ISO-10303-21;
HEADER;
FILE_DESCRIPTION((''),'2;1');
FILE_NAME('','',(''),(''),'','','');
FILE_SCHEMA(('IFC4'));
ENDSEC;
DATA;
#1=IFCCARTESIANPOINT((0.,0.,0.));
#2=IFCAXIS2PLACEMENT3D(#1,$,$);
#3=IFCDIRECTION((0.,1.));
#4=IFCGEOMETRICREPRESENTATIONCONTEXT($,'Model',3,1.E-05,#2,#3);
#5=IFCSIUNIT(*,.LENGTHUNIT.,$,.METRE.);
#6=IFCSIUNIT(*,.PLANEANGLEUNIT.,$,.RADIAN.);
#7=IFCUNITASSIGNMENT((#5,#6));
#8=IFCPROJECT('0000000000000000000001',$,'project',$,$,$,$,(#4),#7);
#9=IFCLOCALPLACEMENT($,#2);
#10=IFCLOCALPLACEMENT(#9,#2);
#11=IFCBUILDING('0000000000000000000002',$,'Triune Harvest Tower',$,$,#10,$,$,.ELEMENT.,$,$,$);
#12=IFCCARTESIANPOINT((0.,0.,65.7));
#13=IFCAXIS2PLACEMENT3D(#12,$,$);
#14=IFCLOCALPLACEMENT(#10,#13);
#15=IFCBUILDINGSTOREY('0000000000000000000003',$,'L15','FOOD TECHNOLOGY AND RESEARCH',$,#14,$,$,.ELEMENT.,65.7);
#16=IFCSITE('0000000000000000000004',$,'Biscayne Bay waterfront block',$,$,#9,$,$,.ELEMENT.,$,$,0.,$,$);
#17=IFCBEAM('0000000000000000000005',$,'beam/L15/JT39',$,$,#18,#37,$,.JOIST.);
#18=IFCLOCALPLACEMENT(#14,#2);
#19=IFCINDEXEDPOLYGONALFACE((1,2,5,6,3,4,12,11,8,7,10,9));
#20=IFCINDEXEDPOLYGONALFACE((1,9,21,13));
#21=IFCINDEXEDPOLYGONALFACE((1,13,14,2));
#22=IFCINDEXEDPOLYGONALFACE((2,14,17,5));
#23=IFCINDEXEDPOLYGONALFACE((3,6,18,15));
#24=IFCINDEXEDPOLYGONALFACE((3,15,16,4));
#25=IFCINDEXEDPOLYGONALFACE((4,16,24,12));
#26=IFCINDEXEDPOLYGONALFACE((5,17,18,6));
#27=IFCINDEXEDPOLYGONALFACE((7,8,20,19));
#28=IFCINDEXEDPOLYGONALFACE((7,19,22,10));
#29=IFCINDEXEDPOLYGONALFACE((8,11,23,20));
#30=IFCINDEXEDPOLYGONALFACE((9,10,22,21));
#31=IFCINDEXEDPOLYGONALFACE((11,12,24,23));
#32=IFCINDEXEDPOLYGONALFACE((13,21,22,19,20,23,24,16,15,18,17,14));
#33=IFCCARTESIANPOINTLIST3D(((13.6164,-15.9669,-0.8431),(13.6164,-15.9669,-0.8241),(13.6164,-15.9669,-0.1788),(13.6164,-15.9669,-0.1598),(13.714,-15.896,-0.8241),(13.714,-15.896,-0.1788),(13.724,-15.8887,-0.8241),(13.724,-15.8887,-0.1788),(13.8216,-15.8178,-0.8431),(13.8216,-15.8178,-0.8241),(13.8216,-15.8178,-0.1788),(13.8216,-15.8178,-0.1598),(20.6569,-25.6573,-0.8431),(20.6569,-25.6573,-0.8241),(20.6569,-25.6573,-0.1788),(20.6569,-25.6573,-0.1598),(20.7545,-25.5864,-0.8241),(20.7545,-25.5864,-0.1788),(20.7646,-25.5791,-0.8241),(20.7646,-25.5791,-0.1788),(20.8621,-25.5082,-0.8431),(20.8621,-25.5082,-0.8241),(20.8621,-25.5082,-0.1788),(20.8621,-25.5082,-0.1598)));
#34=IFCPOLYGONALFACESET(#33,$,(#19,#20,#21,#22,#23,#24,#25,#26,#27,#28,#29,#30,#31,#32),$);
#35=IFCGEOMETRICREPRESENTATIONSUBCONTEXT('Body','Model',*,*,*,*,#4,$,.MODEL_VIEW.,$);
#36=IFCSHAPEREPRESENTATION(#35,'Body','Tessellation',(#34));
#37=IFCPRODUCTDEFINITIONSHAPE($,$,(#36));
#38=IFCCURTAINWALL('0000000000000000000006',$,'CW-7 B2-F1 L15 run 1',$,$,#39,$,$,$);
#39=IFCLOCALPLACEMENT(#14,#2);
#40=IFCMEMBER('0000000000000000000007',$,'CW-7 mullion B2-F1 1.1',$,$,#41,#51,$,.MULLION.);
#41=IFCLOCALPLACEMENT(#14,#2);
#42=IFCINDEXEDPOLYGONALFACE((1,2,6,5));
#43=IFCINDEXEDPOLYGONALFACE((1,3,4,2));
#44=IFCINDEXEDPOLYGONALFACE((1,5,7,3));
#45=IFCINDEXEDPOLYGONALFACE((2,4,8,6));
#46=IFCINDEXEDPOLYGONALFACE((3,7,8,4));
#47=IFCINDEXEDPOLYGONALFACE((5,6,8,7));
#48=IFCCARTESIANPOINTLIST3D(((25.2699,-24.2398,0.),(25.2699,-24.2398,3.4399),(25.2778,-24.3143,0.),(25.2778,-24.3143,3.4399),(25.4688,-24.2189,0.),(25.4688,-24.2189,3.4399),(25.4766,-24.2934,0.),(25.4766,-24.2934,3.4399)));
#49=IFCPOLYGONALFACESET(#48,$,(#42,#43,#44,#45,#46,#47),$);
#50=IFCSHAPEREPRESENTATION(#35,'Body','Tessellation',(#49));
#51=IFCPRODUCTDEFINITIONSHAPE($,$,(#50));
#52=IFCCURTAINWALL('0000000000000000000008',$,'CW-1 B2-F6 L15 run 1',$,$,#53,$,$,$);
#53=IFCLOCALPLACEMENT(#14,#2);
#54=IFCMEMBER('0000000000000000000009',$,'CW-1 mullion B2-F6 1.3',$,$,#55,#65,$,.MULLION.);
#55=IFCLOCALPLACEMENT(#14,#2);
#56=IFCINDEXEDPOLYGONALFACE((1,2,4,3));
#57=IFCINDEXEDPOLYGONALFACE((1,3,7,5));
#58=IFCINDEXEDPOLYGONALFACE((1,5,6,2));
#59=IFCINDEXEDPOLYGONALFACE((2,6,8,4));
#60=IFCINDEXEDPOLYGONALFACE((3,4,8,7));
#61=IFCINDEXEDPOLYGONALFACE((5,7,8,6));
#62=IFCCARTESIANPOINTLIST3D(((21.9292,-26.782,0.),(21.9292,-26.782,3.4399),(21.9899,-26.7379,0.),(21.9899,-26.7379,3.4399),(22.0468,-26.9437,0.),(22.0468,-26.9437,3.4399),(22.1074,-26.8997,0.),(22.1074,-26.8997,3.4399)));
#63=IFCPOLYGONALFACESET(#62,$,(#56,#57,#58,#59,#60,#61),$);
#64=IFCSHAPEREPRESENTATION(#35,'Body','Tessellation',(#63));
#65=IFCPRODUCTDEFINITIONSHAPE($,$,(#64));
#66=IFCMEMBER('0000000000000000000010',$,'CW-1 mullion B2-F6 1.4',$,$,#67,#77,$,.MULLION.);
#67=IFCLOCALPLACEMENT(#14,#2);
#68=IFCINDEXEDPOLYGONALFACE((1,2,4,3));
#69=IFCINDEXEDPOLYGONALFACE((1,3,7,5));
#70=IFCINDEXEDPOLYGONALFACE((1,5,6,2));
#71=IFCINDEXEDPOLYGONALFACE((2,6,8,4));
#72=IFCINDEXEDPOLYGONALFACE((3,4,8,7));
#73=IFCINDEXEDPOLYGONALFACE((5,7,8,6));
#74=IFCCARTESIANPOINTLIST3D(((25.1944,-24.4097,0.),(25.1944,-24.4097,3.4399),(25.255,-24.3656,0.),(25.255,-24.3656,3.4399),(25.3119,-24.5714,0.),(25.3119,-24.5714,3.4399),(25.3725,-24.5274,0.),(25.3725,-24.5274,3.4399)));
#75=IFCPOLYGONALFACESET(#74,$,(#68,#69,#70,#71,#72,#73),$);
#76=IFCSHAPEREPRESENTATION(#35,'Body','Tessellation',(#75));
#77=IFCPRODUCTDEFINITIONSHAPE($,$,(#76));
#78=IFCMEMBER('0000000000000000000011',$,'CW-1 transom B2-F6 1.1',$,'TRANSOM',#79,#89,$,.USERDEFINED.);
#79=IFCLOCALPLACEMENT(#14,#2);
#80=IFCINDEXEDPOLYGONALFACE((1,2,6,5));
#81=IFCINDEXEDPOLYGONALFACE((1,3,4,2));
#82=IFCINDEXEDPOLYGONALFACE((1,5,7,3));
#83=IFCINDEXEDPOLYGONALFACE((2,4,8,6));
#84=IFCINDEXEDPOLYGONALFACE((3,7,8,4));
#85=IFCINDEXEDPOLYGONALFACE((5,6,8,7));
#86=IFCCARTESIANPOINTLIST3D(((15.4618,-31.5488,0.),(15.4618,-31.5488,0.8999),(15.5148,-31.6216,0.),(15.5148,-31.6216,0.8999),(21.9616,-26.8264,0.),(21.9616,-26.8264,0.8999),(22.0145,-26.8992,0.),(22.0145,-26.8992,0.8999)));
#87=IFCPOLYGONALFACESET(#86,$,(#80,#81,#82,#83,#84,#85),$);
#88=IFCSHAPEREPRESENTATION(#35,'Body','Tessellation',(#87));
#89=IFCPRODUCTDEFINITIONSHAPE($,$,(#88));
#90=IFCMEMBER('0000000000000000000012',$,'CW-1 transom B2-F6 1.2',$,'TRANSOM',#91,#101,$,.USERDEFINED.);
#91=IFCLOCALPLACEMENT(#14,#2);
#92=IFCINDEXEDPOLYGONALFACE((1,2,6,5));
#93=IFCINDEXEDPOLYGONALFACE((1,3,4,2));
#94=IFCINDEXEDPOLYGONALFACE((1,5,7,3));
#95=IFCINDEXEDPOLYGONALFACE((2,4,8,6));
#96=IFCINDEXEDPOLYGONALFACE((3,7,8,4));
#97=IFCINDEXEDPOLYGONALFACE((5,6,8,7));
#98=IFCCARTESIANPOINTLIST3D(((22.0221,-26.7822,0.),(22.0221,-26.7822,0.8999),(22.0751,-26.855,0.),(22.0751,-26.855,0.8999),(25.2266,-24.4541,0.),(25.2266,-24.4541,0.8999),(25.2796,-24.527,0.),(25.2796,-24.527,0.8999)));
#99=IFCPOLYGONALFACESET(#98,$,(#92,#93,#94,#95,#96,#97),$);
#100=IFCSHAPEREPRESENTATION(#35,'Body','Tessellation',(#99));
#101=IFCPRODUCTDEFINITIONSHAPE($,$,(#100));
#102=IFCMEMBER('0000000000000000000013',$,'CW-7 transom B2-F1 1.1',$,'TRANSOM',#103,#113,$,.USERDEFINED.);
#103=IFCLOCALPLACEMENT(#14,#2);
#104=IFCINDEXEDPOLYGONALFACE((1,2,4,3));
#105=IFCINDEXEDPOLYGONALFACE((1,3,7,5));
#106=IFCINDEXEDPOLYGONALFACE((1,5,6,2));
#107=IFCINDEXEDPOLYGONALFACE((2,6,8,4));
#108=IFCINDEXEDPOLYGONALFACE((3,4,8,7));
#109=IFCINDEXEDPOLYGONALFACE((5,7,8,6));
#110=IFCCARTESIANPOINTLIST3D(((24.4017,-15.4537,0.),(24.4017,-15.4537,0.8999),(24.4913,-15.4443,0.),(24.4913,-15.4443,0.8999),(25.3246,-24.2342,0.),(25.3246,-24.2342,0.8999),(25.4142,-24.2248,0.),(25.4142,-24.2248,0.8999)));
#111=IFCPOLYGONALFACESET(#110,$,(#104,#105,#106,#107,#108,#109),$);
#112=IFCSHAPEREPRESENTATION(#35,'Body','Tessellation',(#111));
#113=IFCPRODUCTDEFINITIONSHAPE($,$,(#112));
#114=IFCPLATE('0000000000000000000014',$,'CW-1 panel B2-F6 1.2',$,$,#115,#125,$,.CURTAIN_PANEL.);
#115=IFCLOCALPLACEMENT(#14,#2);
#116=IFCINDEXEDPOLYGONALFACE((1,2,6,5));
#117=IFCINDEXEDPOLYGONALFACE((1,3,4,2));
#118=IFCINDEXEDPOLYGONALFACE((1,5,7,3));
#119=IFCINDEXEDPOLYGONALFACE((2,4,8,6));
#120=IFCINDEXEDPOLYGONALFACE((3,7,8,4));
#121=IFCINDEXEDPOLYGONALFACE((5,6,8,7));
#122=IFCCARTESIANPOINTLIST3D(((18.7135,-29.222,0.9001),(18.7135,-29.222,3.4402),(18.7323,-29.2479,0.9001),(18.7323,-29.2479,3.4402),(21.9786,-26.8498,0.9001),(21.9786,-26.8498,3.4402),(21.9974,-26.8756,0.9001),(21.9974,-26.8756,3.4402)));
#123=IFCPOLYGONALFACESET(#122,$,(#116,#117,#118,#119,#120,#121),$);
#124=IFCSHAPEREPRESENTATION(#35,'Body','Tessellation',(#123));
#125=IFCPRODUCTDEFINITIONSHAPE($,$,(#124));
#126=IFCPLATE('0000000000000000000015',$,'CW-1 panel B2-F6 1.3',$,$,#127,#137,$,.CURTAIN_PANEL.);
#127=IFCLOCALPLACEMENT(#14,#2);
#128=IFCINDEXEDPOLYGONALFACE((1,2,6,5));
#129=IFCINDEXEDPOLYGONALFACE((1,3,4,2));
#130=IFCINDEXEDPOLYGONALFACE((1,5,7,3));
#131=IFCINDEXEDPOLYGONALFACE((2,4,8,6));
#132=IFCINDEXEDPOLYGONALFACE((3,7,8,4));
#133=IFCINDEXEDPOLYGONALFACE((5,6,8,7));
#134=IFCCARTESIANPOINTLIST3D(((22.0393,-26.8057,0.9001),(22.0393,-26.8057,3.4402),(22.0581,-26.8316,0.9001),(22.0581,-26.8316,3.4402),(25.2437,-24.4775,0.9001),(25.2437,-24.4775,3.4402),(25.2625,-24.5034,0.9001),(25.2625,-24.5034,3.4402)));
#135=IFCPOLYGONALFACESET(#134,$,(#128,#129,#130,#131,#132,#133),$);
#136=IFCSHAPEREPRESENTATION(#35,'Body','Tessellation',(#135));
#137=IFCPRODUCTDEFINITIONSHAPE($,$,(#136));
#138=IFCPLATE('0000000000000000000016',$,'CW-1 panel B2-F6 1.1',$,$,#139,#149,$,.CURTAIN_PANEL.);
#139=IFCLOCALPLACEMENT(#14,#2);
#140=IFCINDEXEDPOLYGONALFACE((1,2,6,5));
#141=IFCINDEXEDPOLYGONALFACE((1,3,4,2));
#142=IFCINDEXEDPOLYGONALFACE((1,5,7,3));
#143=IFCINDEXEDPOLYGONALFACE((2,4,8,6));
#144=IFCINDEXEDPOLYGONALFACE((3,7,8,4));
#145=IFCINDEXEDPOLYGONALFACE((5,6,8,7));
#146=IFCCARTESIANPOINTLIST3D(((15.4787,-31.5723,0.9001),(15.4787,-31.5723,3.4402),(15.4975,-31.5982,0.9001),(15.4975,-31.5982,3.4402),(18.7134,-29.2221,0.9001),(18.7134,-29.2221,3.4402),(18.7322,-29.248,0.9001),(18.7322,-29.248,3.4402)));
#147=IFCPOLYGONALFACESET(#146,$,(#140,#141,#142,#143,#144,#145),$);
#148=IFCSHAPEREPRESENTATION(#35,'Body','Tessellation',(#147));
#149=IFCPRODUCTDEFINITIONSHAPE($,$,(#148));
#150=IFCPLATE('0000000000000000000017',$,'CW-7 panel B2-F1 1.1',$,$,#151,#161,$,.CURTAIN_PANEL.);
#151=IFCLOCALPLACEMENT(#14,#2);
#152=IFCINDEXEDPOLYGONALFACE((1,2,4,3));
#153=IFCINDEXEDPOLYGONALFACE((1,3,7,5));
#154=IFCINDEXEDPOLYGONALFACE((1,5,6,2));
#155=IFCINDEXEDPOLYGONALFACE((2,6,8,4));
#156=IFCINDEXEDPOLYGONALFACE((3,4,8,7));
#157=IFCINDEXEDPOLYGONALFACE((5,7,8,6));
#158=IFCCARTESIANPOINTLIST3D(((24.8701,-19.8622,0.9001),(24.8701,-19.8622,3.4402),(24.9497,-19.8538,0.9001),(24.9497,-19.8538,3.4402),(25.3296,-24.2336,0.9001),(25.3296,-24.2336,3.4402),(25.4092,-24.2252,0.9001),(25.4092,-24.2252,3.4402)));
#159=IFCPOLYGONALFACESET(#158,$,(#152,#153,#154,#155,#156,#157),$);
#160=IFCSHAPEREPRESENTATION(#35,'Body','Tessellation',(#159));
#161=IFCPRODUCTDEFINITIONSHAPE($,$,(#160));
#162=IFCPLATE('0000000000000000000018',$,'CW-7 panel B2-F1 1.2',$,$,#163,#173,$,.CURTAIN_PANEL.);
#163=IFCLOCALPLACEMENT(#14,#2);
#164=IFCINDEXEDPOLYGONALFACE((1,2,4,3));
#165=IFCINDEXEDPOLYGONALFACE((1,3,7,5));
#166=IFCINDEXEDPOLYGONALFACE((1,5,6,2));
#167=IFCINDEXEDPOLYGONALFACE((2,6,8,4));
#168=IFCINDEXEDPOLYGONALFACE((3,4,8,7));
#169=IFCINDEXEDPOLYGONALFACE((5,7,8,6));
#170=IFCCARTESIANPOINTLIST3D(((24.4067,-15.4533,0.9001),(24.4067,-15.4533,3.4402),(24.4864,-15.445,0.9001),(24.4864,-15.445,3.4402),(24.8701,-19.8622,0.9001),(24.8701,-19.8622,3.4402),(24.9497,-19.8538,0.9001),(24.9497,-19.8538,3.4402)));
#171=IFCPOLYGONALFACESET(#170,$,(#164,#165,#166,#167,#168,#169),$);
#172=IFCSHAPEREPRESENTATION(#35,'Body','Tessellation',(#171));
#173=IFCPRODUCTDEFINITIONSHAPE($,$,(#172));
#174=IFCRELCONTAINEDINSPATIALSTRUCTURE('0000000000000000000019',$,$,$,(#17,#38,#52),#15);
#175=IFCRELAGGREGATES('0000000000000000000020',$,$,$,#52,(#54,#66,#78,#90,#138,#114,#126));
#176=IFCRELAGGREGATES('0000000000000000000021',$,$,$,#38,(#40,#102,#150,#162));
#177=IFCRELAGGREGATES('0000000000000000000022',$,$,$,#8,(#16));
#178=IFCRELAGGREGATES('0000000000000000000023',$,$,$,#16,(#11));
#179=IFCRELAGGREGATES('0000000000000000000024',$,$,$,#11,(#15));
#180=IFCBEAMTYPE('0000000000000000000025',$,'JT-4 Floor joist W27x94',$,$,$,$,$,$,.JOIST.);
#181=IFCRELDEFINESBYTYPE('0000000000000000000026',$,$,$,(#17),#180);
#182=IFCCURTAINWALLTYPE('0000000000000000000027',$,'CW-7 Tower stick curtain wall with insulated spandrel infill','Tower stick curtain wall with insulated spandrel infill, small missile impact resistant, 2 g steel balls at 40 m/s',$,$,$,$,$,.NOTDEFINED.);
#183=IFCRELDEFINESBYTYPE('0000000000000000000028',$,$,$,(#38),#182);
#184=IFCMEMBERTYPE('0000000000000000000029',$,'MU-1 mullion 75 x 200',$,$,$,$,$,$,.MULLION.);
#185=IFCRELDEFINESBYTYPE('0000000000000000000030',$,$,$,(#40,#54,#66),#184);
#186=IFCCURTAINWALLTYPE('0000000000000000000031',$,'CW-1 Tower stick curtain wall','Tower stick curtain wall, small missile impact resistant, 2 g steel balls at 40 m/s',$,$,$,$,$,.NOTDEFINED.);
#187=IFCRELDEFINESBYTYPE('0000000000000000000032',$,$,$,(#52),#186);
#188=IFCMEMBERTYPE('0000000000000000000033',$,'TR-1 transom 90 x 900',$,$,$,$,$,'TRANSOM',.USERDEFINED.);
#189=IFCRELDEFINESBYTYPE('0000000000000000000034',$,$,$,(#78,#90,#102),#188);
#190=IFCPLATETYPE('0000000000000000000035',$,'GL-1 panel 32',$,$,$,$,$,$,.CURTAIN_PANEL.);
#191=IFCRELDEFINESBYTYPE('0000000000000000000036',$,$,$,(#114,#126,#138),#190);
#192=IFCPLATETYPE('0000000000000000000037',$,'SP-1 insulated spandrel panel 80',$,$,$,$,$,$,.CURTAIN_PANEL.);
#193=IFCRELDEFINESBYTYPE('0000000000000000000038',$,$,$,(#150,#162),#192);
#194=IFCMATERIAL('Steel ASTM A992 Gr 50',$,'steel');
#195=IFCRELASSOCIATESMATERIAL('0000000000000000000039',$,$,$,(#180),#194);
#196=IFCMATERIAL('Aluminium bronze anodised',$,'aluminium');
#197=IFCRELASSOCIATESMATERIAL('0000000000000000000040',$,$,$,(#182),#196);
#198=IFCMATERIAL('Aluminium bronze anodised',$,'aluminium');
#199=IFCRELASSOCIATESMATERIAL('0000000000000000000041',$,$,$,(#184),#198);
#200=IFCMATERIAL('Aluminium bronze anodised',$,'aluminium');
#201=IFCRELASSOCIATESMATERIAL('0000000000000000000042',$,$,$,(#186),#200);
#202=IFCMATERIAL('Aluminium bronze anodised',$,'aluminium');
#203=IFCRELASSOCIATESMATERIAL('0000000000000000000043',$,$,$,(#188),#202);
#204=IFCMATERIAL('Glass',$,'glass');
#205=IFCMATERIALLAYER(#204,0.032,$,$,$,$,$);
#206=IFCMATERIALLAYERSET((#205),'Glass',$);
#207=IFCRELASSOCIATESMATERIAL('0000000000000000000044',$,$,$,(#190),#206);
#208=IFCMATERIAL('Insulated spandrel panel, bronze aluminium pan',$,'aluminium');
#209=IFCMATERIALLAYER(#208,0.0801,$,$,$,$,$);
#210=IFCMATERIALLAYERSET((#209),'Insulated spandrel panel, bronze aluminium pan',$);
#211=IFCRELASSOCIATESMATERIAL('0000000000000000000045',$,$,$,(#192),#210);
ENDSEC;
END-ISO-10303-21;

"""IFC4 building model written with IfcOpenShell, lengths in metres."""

from ifc_helpers import new_model, si_unit, direction, frame, origin, origin_2d, place, context, subcontext, project, spatial, rectangle, i_section, extrude, source, transform, mapped, material, layer, layer_set, material_profile, profile_set, type_object, element, aggregate, save


model = new_model("IFC4")

# Units and contexts
model_context = context("Model", 3, precision=1e-05, world=origin(), true_north=direction((0.0, 1.0)))
body_context = subcontext(model_context, "Body", "Model", "MODEL_VIEW")
ifc_project = project(units=[si_unit("LENGTHUNIT", "METRE"), si_unit("PLANEANGLEUNIT", "RADIAN")], contexts=[model_context])

# Site, building, storey
site_placement = place(None, origin())
site = spatial("IfcSite", under=ifc_project, at=site_placement, Name="Biscayne Bay waterfront block", CompositionType="ELEMENT", RefElevation=0.0)
building_placement = place(site_placement, origin())
building = spatial("IfcBuilding", under=site, at=building_placement, Name="Triune Harvest Tower", CompositionType="ELEMENT")
storey_placement = place(building_placement, frame((0.0, 0.0, 65.7)))
storey = spatial("IfcBuildingStorey", under=building, at=storey_placement, Name="L15", Description="FOOD TECHNOLOGY AND RESEARCH", CompositionType="ELEMENT", Elevation=65.7)

# Beam
ifc_material_1 = material(Name="Steel ASTM A992 Gr 50", Category="steel")
ifc_material_profile_1 = material_profile(ifc_material_1, i_section(OverallWidth=0.2537, OverallDepth=0.6833, WebThickness=0.0125, FlangeThickness=0.019, at=origin_2d()), Name="W27x94")
ifc_profile_set_1 = profile_set([ifc_material_profile_1], Name="Steel ASTM A992 Gr 50")
beam_type_1 = type_object("IfcBeamType", Name="JT-4 Floor joist W27x94", PredefinedType="JOIST", material=ifc_profile_set_1)
shared_shape_1 = source(origin(), body_context, "Body", "SweptSolid", [
    extrude(i_section(OverallWidth=0.2537, OverallDepth=0.6833, WebThickness=0.0125, FlangeThickness=0.019, at=origin_2d()), origin(), (0.0, 0.0, 1.0), 11.978),
])
beam_1_placement = place(storey_placement, frame((20.7595, -25.5828, -0.5015), z_axis=(-0.587786, 0.809016, 0.0), x_axis=(-0.809016, -0.587786, 0.0)))
element("IfcBeam", 1, at=beam_1_placement, inside=storey, type_object=beam_type_1, Name="beam/L15/JT39", PredefinedType="JOIST", context=body_context, shape_type="MappedRepresentation", body=[
    mapped(shared_shape_1, transform((0.0, 0.0, 0.0), scale=1.0)),
])

# Curtain wall, member
ifc_material_2 = material(Name="Aluminium bronze anodised", Category="aluminium")
curtain_wall_type_1 = type_object("IfcCurtainWallType", Name="CW-7 Tower stick curtain wall with insulated spandrel infill", Description="Tower stick curtain wall with insulated spandrel infill, small missile impact resistant, 2 g steel balls at 40 m/s", PredefinedType="NOTDEFINED", material=ifc_material_2)
curtain_wall_1_placement = place(storey_placement, origin())
curtain_wall_1 = element("IfcCurtainWall", 2, at=curtain_wall_1_placement, inside=storey, type_object=curtain_wall_type_1, Name="CW-7 B2-F1 L15 run 1")
ifc_material_3 = material(Name="Aluminium bronze anodised", Category="aluminium")
ifc_material_profile_2 = material_profile(ifc_material_3, rectangle(XDim=0.2, YDim=0.075, at=origin_2d()), Name="MU-1 mullion 75 x 200")
ifc_profile_set_2 = profile_set([ifc_material_profile_2], Name="Aluminium bronze anodised")
member_type_1 = type_object("IfcMemberType", Name="MU-1 mullion 75 x 200", PredefinedType="MULLION", material=ifc_profile_set_2)
shared_shape_2 = source(origin(), body_context, "Body", "SweptSolid", [
    extrude(rectangle(XDim=0.2, YDim=0.075, at=origin_2d()), origin(), (0.0, 0.0, 1.0), 3.4399),
])
member_1_placement = place(storey_placement, frame((25.3733, -24.2666, 0.0), z_axis=(0.0, 0.0, 1.0), x_axis=(-0.994522, -0.104527, 0.0)))
member_1 = element("IfcMember", 3, at=member_1_placement, type_object=member_type_1, Name="CW-7 mullion B2-F1 1.1", PredefinedType="MULLION", context=body_context, shape_type="MappedRepresentation", body=[
    mapped(shared_shape_2, transform((0.0, 0.0, 0.0), scale=1.0)),
])

# Curtain wall, members
ifc_material_4 = material(Name="Aluminium bronze anodised", Category="aluminium")
curtain_wall_type_2 = type_object("IfcCurtainWallType", Name="CW-1 Tower stick curtain wall", Description="Tower stick curtain wall, small missile impact resistant, 2 g steel balls at 40 m/s", PredefinedType="NOTDEFINED", material=ifc_material_4)
curtain_wall_2_placement = place(storey_placement, origin())
curtain_wall_2 = element("IfcCurtainWall", 4, at=curtain_wall_2_placement, inside=storey, type_object=curtain_wall_type_2, Name="CW-1 B2-F6 L15 run 1")
member_2_placement = place(storey_placement, frame((22.0183, -26.8408, 0.0), z_axis=(0.0, 0.0, 1.0), x_axis=(-0.58779, 0.809013, 0.0)))
member_2 = element("IfcMember", 5, at=member_2_placement, type_object=member_type_1, Name="CW-1 mullion B2-F6 1.3", PredefinedType="MULLION", context=body_context, shape_type="MappedRepresentation", body=[
    mapped(shared_shape_2, transform((0.0, 0.0, 0.0), scale=1.0)),
])
member_3_placement = place(storey_placement, frame((25.2834, -24.4685, 0.0), z_axis=(0.0, 0.0, 1.0), x_axis=(-0.58779, 0.809013, 0.0)))
member_3 = element("IfcMember", 6, at=member_3_placement, type_object=member_type_1, Name="CW-1 mullion B2-F6 1.4", PredefinedType="MULLION", context=body_context, shape_type="MappedRepresentation", body=[
    mapped(shared_shape_2, transform((0.0, 0.0, 0.0), scale=1.0)),
])
ifc_material_5 = material(Name="Aluminium bronze anodised", Category="aluminium")
ifc_material_profile_3 = material_profile(ifc_material_5, rectangle(XDim=0.0901, YDim=0.8999, at=origin_2d()), Name="TR-1 transom 90 x 900")
ifc_profile_set_3 = profile_set([ifc_material_profile_3], Name="Aluminium bronze anodised")
member_type_2 = type_object("IfcMemberType", Name="TR-1 transom 90 x 900", ElementType="TRANSOM", PredefinedType="USERDEFINED", material=ifc_profile_set_3)
shared_shape_3 = source(origin(), body_context, "Body", "SweptSolid", [
    extrude(rectangle(XDim=0.0901, YDim=0.8999, at=origin_2d()), origin(), (0.0, 0.0, 1.0), 8.0342),
])
member_4_placement = place(storey_placement, frame((15.4883, -31.5852, 0.45), z_axis=(0.809013, 0.58779, 0.0), x_axis=(-0.58779, 0.809013, 0.0)))
member_4 = element("IfcMember", 7, at=member_4_placement, type_object=member_type_2, Name="CW-1 transom B2-F6 1.1", ObjectType="TRANSOM", PredefinedType="USERDEFINED", context=body_context, shape_type="MappedRepresentation", body=[
    mapped(shared_shape_3, transform((0.0, 0.0, 0.0), scale=1.0)),
])
shared_shape_4 = source(origin(), body_context, "Body", "SweptSolid", [
    extrude(rectangle(XDim=0.0901, YDim=0.8999, at=origin_2d()), origin(), (0.0, 0.0, 1.0), 3.9609),
])
member_5_placement = place(storey_placement, frame((22.0486, -26.8186, 0.45), z_axis=(0.809034, 0.587761, 0.0), x_axis=(-0.587761, 0.809034, 0.0)))
member_5 = element("IfcMember", 8, at=member_5_placement, type_object=member_type_2, Name="CW-1 transom B2-F6 1.2", ObjectType="TRANSOM", PredefinedType="USERDEFINED", context=body_context, shape_type="MappedRepresentation", body=[
    mapped(shared_shape_4, transform((0.0, 0.0, 0.0), scale=1.0)),
])

# Member
shared_shape_5 = source(origin(), body_context, "Body", "SweptSolid", [
    extrude(rectangle(XDim=0.0901, YDim=0.8999, at=origin_2d()), origin(), (0.0, 0.0, 1.0), 8.8289),
])
member_6_placement = place(storey_placement, frame((25.3694, -24.2295, 0.45), z_axis=(-0.104526, 0.994522, 0.0), x_axis=(-0.994522, -0.104526, 0.0)))
member_6 = element("IfcMember", 9, at=member_6_placement, type_object=member_type_2, Name="CW-7 transom B2-F1 1.1", ObjectType="TRANSOM", PredefinedType="USERDEFINED", context=body_context, shape_type="MappedRepresentation", body=[
    mapped(shared_shape_5, transform((0.0, 0.0, 0.0), scale=1.0)),
])

# Plates
ifc_material_6 = material(Name="Glass", Category="glass")
ifc_layer_1 = layer(ifc_material_6, 0.032)
ifc_layer_set_1 = layer_set([ifc_layer_1], Name="Glass")
plate_type_1 = type_object("IfcPlateType", Name="GL-1 panel 32", PredefinedType="CURTAIN_PANEL", material=ifc_layer_set_1)
shared_shape_6 = source(origin(), body_context, "Body", "SweptSolid", [
    extrude(rectangle(XDim=4.0359, YDim=0.032, at=origin_2d()), origin(), (0.0, 0.0, 1.0), 2.54),
])
plate_1_placement = place(storey_placement, frame((20.3555, -28.0488, 0.9001), z_axis=(0.0, 0.0, 1.0), x_axis=(0.809013, 0.58779, 0.0)))
plate_1 = element("IfcPlate", 10, at=plate_1_placement, type_object=plate_type_1, Name="CW-1 panel B2-F6 1.2", PredefinedType="CURTAIN_PANEL", context=body_context, shape_type="MappedRepresentation", body=[
    mapped(shared_shape_6, transform((0.0, 0.0, 0.0), scale=1.0)),
])
shared_shape_7 = source(origin(), body_context, "Body", "SweptSolid", [
    extrude(rectangle(XDim=3.9609, YDim=0.032, at=origin_2d()), origin(), (0.0, 0.0, 1.0), 2.54),
])
plate_2_placement = place(storey_placement, frame((23.6509, -25.6545, 0.9001), z_axis=(0.0, 0.0, 1.0), x_axis=(0.809013, 0.58779, 0.0)))
plate_2 = element("IfcPlate", 11, at=plate_2_placement, type_object=plate_type_1, Name="CW-1 panel B2-F6 1.3", PredefinedType="CURTAIN_PANEL", context=body_context, shape_type="MappedRepresentation", body=[
    mapped(shared_shape_7, transform((0.0, 0.0, 0.0), scale=1.0)),
])
shared_shape_8 = source(origin(), body_context, "Body", "SweptSolid", [
    extrude(rectangle(XDim=3.9983, YDim=0.032, at=origin_2d()), origin(), (0.0, 0.0, 1.0), 2.54),
])
plate_3_placement = place(storey_placement, frame((17.1055, -30.4102, 0.9001), z_axis=(0.0, 0.0, 1.0), x_axis=(0.809013, 0.58779, 0.0)))
plate_3 = element("IfcPlate", 12, at=plate_3_placement, type_object=plate_type_1, Name="CW-1 panel B2-F6 1.1", PredefinedType="CURTAIN_PANEL", context=body_context, shape_type="MappedRepresentation", body=[
    mapped(shared_shape_8, transform((0.0, 0.0, 0.0), scale=1.0)),
])
aggregate(curtain_wall_2, [member_2, member_3, member_4, member_5, plate_3, plate_1, plate_2])
ifc_material_7 = material(Name="Insulated spandrel panel, bronze aluminium pan", Category="aluminium")
ifc_layer_2 = layer(ifc_material_7, 0.0801)
ifc_layer_set_2 = layer_set([ifc_layer_2], Name="Insulated spandrel panel, bronze aluminium pan")
plate_type_2 = type_object("IfcPlateType", Name="SP-1 insulated spandrel panel 80", PredefinedType="CURTAIN_PANEL", material=ifc_layer_set_2)
shared_shape_9 = source(origin(), body_context, "Body", "SweptSolid", [
    extrude(rectangle(XDim=4.3955, YDim=0.0801, at=origin_2d()), origin(), (0.0, 0.0, 1.0), 2.54),
])
plate_4_placement = place(storey_placement, frame((25.1396, -22.0437, 0.9001), z_axis=(0.0, 0.0, 1.0), x_axis=(-0.104527, 0.994522, 0.0)))
plate_4 = element("IfcPlate", 13, at=plate_4_placement, type_object=plate_type_2, Name="CW-7 panel B2-F1 1.1", PredefinedType="CURTAIN_PANEL", context=body_context, shape_type="MappedRepresentation", body=[
    mapped(shared_shape_9, transform((0.0, 0.0, 0.0), scale=1.0)),
])
shared_shape_10 = source(origin(), body_context, "Body", "SweptSolid", [
    extrude(rectangle(XDim=4.4331, YDim=0.0801, at=origin_2d()), origin(), (0.0, 0.0, 1.0), 2.54),
])
plate_5_placement = place(storey_placement, frame((24.6782, -17.6536, 0.9001), z_axis=(0.0, 0.0, 1.0), x_axis=(-0.104527, 0.994522, 0.0)))
plate_5 = element("IfcPlate", 14, at=plate_5_placement, type_object=plate_type_2, Name="CW-7 panel B2-F1 1.2", PredefinedType="CURTAIN_PANEL", context=body_context, shape_type="MappedRepresentation", body=[
    mapped(shared_shape_10, transform((0.0, 0.0, 0.0), scale=1.0)),
])
aggregate(curtain_wall_1, [member_1, member_6, plate_4, plate_5])

save(model, "model.ifc")
